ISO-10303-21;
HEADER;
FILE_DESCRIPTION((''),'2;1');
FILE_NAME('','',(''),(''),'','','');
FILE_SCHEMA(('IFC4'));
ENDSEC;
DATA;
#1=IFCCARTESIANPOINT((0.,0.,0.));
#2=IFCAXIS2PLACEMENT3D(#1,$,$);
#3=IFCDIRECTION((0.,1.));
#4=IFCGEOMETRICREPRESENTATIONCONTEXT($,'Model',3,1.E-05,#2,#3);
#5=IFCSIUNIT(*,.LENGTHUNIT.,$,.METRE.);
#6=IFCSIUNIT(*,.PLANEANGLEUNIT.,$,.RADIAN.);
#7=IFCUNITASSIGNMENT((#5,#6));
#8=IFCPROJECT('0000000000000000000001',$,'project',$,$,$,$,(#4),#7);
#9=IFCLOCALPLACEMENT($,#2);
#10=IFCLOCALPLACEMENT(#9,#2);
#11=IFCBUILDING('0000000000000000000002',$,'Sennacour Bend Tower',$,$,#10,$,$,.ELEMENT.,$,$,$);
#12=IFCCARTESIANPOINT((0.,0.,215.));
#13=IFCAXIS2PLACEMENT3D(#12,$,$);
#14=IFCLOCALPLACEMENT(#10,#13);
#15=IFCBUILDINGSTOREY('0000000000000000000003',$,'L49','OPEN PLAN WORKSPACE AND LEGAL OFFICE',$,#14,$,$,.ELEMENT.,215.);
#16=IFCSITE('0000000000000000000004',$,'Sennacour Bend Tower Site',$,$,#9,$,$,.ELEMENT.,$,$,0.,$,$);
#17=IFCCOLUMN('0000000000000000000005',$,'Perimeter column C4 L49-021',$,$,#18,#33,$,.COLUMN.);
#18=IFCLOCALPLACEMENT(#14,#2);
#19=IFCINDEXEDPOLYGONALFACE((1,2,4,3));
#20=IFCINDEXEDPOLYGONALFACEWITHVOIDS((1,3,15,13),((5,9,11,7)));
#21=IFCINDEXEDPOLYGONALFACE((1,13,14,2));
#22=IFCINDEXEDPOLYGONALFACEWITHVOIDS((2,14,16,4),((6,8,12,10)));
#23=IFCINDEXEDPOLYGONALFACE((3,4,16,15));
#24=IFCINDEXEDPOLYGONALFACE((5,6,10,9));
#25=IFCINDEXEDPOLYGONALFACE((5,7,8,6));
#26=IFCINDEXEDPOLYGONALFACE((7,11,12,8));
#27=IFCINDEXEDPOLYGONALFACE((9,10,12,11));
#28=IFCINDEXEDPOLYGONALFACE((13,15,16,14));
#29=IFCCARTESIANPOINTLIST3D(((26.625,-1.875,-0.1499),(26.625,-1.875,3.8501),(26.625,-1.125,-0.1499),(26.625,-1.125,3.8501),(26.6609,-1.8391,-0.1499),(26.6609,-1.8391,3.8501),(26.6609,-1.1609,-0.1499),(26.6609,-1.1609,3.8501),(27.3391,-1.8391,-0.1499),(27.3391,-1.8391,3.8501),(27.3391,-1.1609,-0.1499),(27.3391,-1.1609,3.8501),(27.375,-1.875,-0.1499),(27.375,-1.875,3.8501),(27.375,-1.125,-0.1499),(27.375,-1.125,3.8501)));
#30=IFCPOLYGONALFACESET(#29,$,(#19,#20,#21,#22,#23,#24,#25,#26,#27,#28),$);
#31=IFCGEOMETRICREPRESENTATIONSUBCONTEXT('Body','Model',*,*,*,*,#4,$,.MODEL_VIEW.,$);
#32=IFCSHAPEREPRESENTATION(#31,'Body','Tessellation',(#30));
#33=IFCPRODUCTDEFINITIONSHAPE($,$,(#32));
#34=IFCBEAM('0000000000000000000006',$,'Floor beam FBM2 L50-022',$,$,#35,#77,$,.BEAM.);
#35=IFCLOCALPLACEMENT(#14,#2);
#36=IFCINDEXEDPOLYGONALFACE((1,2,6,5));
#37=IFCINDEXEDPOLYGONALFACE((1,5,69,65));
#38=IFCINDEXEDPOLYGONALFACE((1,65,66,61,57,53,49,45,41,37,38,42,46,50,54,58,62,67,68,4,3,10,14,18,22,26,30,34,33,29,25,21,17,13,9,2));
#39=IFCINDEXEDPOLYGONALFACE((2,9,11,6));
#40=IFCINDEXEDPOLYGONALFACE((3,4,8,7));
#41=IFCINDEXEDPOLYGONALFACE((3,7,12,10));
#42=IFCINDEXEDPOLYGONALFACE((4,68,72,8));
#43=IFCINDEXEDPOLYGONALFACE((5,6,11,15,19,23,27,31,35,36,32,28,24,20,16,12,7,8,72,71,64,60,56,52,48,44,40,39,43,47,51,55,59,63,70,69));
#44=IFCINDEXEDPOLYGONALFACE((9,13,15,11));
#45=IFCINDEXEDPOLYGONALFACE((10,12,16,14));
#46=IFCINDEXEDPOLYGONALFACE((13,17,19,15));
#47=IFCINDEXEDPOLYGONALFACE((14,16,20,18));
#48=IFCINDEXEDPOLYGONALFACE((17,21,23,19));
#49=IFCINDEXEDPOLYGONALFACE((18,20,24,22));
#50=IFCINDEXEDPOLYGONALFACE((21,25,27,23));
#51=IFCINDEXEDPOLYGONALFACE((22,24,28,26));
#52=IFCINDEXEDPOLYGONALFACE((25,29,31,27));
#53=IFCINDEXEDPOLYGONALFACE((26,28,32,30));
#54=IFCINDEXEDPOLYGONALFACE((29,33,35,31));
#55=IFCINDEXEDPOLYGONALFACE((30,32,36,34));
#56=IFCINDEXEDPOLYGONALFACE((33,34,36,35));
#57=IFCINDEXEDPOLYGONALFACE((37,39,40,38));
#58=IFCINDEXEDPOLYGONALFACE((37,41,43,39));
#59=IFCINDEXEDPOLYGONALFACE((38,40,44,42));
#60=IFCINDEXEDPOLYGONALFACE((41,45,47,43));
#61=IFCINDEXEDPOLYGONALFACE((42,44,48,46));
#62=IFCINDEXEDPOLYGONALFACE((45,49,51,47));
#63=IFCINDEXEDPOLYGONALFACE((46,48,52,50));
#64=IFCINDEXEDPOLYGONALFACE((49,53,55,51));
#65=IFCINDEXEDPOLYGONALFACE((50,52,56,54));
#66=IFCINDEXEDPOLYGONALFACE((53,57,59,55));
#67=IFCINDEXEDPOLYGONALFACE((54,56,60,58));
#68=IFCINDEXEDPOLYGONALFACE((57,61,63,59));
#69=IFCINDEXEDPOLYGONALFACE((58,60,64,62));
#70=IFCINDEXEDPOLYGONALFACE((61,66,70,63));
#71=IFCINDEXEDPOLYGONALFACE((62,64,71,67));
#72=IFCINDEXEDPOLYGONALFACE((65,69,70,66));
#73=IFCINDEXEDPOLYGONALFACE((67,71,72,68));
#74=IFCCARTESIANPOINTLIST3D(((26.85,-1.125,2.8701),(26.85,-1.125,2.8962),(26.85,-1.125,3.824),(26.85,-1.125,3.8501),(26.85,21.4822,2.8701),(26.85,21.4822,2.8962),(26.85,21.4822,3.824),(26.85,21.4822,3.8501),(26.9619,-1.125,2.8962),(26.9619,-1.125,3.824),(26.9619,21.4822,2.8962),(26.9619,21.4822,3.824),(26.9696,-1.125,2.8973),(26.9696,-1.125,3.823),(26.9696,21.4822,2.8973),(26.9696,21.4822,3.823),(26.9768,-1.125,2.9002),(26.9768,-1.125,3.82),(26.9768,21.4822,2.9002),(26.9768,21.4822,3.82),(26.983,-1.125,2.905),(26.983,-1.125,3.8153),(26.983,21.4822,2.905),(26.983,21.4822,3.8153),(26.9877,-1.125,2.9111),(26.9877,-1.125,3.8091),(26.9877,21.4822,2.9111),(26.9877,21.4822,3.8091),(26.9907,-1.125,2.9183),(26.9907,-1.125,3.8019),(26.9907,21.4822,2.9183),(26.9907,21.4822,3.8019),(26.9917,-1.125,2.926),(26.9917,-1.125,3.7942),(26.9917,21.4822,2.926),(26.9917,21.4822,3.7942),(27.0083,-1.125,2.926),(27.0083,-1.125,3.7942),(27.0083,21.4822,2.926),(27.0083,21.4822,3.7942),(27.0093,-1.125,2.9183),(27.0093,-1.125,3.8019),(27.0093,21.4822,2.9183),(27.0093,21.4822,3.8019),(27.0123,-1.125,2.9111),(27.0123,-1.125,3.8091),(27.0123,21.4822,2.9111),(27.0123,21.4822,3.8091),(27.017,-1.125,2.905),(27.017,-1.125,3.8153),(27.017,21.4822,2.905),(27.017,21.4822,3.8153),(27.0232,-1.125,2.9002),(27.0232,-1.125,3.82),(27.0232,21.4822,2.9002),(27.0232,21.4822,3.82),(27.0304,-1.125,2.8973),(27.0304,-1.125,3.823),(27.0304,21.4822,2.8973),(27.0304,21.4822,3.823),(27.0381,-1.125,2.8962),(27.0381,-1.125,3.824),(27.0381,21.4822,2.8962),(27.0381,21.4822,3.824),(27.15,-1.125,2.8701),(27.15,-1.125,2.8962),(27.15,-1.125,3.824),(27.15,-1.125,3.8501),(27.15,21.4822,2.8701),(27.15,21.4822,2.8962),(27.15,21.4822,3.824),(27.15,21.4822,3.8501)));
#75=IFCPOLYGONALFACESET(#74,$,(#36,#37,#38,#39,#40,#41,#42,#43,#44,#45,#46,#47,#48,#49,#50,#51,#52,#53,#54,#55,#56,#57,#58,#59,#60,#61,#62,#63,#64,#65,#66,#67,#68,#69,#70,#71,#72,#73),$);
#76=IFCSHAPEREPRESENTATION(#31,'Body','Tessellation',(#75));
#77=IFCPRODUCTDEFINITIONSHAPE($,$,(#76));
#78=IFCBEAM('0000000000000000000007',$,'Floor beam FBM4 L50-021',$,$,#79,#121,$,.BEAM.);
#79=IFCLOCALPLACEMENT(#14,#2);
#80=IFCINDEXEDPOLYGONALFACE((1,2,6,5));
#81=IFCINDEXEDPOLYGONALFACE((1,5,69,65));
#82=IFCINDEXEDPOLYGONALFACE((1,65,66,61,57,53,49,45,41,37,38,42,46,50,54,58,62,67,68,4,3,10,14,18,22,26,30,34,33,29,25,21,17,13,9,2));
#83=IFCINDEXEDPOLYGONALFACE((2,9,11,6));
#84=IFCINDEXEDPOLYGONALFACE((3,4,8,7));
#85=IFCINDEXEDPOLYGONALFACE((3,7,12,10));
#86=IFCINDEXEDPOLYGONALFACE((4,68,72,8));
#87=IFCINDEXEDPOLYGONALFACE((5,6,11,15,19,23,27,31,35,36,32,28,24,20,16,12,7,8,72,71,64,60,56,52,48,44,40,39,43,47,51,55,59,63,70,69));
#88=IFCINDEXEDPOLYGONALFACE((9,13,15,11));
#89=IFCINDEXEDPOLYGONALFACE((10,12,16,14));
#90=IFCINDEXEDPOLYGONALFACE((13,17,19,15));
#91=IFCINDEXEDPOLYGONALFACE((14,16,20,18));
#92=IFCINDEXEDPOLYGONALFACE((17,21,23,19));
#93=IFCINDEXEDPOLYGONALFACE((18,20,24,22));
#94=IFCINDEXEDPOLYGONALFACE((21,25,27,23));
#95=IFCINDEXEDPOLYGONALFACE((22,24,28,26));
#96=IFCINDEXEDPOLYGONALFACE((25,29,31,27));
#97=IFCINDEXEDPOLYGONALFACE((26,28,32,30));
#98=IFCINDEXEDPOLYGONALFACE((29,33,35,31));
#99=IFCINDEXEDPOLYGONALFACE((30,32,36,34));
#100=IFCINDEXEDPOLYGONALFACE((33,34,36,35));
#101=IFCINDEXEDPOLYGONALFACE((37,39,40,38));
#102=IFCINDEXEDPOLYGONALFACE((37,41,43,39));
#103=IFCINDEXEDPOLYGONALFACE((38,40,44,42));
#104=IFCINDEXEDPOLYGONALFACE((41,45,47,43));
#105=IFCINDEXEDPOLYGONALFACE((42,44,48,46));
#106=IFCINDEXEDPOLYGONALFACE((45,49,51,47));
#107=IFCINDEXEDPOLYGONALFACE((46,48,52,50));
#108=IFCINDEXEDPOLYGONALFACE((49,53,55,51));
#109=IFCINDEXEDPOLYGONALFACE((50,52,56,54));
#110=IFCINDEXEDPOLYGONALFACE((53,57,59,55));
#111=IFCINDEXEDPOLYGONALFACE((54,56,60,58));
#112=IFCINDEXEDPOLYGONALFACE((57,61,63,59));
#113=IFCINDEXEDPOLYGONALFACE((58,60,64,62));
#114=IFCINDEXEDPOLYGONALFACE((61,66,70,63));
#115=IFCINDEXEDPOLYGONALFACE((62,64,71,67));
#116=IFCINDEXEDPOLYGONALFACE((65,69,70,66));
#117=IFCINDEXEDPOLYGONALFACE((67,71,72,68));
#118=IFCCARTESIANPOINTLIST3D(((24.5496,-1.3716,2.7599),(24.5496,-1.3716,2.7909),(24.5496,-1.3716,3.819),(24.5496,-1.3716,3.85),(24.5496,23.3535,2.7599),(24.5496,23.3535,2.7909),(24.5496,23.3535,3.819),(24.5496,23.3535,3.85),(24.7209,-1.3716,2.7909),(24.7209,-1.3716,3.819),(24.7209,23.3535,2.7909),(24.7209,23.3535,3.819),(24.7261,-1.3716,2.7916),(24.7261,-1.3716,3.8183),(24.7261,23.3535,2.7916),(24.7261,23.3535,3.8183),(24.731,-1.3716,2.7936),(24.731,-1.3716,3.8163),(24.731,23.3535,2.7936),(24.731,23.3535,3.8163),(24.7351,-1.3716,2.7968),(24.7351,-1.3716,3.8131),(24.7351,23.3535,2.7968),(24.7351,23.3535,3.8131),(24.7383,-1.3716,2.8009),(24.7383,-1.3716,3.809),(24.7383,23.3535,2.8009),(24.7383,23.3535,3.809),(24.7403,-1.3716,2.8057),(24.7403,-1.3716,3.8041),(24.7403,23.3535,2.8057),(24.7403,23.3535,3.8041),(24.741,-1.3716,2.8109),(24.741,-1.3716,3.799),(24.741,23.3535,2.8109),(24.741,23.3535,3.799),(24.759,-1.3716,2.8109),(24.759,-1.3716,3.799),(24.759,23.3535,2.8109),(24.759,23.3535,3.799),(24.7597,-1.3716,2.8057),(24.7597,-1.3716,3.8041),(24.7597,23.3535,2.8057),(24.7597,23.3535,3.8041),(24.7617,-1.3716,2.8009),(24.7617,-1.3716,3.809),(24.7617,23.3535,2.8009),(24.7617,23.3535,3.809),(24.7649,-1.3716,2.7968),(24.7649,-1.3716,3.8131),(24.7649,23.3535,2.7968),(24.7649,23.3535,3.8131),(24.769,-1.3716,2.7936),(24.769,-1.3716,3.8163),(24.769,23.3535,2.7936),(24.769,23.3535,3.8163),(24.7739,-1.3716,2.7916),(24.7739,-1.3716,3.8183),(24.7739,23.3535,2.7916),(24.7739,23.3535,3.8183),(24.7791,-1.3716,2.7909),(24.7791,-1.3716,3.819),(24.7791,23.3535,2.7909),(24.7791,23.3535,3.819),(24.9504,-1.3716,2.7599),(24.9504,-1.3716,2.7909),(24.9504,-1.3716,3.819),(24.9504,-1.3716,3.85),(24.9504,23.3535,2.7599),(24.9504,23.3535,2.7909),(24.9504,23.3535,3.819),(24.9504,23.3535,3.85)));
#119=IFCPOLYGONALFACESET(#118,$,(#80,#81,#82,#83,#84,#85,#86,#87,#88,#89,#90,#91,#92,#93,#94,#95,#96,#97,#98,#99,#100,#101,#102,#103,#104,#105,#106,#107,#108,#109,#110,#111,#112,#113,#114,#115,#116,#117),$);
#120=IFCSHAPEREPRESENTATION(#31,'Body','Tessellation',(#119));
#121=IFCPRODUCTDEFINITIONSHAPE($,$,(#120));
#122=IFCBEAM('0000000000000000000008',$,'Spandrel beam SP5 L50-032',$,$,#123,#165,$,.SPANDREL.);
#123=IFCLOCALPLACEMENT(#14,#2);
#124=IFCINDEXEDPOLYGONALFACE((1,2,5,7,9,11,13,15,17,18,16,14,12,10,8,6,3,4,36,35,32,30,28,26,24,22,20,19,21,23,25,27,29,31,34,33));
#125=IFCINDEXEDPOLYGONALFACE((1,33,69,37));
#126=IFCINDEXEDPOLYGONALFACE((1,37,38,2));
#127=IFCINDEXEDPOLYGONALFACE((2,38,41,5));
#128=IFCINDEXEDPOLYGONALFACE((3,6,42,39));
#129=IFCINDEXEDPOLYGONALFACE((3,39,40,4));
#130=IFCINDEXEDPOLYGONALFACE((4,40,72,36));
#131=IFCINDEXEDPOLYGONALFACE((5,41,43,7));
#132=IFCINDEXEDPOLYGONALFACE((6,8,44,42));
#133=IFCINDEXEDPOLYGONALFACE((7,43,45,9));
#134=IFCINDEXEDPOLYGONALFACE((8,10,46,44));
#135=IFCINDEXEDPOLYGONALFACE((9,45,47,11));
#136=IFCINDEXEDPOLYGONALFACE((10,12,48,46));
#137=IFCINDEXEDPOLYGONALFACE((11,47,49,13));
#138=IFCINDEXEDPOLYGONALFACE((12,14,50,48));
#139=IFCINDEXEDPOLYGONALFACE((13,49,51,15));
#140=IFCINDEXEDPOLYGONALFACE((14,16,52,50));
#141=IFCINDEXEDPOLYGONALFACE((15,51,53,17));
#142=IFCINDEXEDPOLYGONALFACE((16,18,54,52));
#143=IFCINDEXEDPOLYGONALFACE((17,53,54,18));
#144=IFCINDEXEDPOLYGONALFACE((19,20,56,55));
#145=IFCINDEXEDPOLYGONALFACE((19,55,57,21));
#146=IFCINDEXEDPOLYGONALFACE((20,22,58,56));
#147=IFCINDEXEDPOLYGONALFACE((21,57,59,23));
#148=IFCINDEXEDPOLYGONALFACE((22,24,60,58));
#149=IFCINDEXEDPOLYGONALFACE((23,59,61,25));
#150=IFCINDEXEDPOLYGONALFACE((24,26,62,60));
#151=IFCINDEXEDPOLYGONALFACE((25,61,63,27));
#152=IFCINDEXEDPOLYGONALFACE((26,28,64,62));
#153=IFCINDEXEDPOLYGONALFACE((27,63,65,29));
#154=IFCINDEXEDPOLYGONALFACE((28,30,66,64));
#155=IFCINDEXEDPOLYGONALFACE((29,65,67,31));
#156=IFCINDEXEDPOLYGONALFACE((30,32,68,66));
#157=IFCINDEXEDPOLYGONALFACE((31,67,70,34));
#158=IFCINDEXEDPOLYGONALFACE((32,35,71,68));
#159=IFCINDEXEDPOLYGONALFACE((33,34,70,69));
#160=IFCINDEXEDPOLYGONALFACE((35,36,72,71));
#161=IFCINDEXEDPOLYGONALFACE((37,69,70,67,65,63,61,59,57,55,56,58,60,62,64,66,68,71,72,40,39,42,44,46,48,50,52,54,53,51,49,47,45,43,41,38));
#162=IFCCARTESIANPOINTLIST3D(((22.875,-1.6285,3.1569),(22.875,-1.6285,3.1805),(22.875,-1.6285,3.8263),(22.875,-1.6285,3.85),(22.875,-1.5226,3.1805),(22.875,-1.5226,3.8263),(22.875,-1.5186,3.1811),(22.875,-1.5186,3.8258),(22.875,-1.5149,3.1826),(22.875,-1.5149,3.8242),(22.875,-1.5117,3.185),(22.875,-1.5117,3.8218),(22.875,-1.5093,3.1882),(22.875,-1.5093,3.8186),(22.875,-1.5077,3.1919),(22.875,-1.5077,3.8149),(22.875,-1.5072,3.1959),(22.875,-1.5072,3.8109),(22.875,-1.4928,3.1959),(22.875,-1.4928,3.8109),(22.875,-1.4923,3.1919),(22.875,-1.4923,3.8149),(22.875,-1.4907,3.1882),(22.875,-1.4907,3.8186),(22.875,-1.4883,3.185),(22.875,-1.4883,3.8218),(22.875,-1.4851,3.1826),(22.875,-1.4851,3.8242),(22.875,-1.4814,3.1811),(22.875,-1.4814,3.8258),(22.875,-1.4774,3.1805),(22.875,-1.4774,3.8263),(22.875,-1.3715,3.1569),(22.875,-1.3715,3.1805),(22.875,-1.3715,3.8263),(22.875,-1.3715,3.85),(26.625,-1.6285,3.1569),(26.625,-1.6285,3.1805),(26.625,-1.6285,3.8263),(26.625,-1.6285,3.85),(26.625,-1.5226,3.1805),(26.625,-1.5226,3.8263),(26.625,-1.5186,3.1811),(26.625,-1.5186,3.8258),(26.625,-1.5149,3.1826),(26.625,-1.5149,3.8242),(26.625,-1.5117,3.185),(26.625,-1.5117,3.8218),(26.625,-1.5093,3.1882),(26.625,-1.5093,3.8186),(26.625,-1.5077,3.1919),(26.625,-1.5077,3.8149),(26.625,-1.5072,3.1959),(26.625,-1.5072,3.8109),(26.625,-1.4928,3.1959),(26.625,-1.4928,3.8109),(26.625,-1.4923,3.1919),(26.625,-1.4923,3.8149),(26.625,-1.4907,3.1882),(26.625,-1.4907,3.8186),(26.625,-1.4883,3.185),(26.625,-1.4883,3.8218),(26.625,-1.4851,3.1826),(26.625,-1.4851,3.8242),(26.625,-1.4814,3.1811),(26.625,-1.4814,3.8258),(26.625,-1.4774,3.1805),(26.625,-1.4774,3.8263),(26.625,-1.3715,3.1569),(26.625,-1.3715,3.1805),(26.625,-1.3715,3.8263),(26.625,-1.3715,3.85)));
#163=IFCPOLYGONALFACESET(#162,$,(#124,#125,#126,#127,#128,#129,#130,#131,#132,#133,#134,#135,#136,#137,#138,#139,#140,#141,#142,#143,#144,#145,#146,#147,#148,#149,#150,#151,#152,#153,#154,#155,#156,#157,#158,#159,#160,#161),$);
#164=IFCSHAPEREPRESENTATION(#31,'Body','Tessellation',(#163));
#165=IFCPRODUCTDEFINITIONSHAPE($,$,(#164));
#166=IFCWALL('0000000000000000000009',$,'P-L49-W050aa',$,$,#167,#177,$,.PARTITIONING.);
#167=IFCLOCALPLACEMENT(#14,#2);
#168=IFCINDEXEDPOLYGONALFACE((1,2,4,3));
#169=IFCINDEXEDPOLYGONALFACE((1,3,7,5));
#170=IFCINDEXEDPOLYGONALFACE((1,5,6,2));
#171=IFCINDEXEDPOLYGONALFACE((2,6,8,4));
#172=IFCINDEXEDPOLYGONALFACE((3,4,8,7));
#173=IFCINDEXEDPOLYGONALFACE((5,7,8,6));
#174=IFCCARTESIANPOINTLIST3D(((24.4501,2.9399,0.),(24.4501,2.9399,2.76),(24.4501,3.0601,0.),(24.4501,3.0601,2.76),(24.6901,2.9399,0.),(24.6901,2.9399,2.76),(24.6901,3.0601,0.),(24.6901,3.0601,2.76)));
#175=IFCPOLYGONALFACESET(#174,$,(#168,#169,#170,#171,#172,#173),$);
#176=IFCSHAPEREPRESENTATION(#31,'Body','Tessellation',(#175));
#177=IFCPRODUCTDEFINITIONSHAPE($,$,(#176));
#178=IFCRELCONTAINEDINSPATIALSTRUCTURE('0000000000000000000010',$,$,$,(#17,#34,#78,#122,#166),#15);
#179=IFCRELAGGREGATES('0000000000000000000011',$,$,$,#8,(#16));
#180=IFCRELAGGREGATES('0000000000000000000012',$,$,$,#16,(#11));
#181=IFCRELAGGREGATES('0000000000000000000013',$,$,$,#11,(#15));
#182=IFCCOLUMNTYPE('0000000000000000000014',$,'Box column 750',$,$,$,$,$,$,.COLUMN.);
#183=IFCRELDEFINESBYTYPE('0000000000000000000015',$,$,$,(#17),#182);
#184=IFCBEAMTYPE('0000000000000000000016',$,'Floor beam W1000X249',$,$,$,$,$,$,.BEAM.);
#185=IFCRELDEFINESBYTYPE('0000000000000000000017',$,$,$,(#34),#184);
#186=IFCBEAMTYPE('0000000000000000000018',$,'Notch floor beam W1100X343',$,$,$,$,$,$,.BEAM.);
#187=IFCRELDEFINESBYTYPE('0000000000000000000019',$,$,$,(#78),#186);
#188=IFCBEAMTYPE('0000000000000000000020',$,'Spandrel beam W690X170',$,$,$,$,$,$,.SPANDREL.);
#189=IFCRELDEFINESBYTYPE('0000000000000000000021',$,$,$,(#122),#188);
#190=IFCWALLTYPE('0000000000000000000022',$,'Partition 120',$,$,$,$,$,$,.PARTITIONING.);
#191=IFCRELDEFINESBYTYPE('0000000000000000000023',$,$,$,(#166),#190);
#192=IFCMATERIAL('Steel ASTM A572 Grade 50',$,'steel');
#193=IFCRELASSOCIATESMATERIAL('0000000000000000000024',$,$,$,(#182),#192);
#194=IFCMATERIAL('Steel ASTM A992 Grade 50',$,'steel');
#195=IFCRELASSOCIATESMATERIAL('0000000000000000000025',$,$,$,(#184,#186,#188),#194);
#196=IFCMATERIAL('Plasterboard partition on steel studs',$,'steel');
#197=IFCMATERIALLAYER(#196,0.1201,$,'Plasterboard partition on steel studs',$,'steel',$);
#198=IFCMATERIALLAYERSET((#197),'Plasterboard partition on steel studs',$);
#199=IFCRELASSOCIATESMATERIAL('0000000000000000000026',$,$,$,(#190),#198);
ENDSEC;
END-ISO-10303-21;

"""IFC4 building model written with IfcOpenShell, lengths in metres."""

from ifc_helpers import new_model, si_unit, direction, frame, frame_2d, origin, origin_2d, place, context, subcontext, project, spatial, rectangle, hollow_rectangle, i_section, extrude, material, layer, layer_set, material_profile, profile_set, type_object, element, save


model = new_model("IFC4")

# Units and contexts
model_context = context("Model", 3, precision=1e-05, world=origin(), true_north=direction((0.0, 1.0)))
body_context = subcontext(model_context, "Body", "Model", "MODEL_VIEW")
ifc_project = project(units=[si_unit("LENGTHUNIT", "METRE"), si_unit("PLANEANGLEUNIT", "RADIAN")], contexts=[model_context])

# Site, building, storey
site_placement = place(None, origin())
site = spatial("IfcSite", under=ifc_project, at=site_placement, Name="Sennacour Bend Tower Site", CompositionType="ELEMENT", RefElevation=0.0)
building_placement = place(site_placement, origin())
building = spatial("IfcBuilding", under=site, at=building_placement, Name="Sennacour Bend Tower", CompositionType="ELEMENT")
storey_placement = place(building_placement, frame((0.0, 0.0, 215.0)))
storey = spatial("IfcBuildingStorey", under=building, at=storey_placement, Name="L49", Description="OPEN PLAN WORKSPACE AND LEGAL OFFICE", CompositionType="ELEMENT", Elevation=215.0)

# Column
ifc_material_1 = material(Name="Steel ASTM A572 Grade 50", Category="steel")
ifc_material_profile_1 = material_profile(ifc_material_1, hollow_rectangle(XDim=0.75, YDim=0.75, WallThickness=0.0359, at=origin_2d()), Name="Steel ASTM A572 Grade 50", Category="steel")
ifc_profile_set_1 = profile_set([ifc_material_profile_1], Name="Steel ASTM A572 Grade 50")
column_type = type_object("IfcColumnType", Name="Box column 750", PredefinedType="COLUMN", material=ifc_profile_set_1)
column_placement = place(storey_placement, frame((27.0, -1.5, -0.1499), z_axis=(0.0, 0.0, 1.0), x_axis=(1.0, 0.0, 0.0)))
element("IfcColumn", 1, at=column_placement, inside=storey, type_object=column_type, Name="Perimeter column C4 L49-021", PredefinedType="COLUMN", context=body_context, shape_type="SweptSolid", body=[
    extrude(hollow_rectangle(XDim=0.75, YDim=0.75, WallThickness=0.0359, at=origin_2d()), origin(), (0.0, 0.0, 1.0), 4.0),
])

# Beams
ifc_material_2 = material(Name="Steel ASTM A992 Grade 50", Category="steel")
ifc_material_profile_2 = material_profile(ifc_material_2, i_section(OverallWidth=0.3, OverallDepth=0.98, WebThickness=0.0166, FlangeThickness=0.0261, FilletRadius=0.0298, at=origin_2d()), Name="Steel ASTM A992 Grade 50", Category="steel")
ifc_profile_set_2 = profile_set([ifc_material_profile_2], Name="Steel ASTM A992 Grade 50")
beam_type_1 = type_object("IfcBeamType", Name="Floor beam W1000X249", PredefinedType="BEAM", material=ifc_profile_set_2)
beam_1_placement = place(storey_placement, frame((27.0, -1.125, 3.3601), z_axis=(0.0, 1.0, 0.0), x_axis=(-1.0, 0.0, 0.0)))
element("IfcBeam", 2, at=beam_1_placement, inside=storey, type_object=beam_type_1, Name="Floor beam FBM2 L50-022", PredefinedType="BEAM", context=body_context, shape_type="SweptSolid", body=[
    extrude(i_section(OverallWidth=0.3, OverallDepth=0.98, WebThickness=0.0166, FlangeThickness=0.0261, FilletRadius=0.0298, at=origin_2d()), origin(), (0.0, 0.0, 1.0), 22.6072),
])
ifc_material_profile_3 = material_profile(ifc_material_2, i_section(OverallWidth=0.4009, OverallDepth=1.0901, WebThickness=0.0181, FlangeThickness=0.031, FilletRadius=0.02, at=origin_2d()), Name="Steel ASTM A992 Grade 50", Category="steel")
ifc_profile_set_3 = profile_set([ifc_material_profile_3], Name="Steel ASTM A992 Grade 50")
beam_type_2 = type_object("IfcBeamType", Name="Notch floor beam W1100X343", PredefinedType="BEAM", material=ifc_profile_set_3)
beam_2_placement = place(storey_placement, frame((24.75, -1.3716, 3.3049), z_axis=(0.0, 1.0, 0.0), x_axis=(-1.0, 0.0, 0.0)))
element("IfcBeam", 3, at=beam_2_placement, inside=storey, type_object=beam_type_2, Name="Floor beam FBM4 L50-021", PredefinedType="BEAM", context=body_context, shape_type="SweptSolid", body=[
    extrude(i_section(OverallWidth=0.4009, OverallDepth=1.0901, WebThickness=0.0181, FlangeThickness=0.031, FilletRadius=0.02, at=origin_2d()), origin(), (0.0, 0.0, 1.0), 24.7251),
])
ifc_material_profile_4 = material_profile(ifc_material_2, i_section(OverallWidth=0.2571, OverallDepth=0.6931, WebThickness=0.0144, FlangeThickness=0.0237, FilletRadius=0.0154, at=origin_2d()), Name="Steel ASTM A992 Grade 50", Category="steel")
ifc_profile_set_4 = profile_set([ifc_material_profile_4], Name="Steel ASTM A992 Grade 50")
beam_type_3 = type_object("IfcBeamType", Name="Spandrel beam W690X170", PredefinedType="SPANDREL", material=ifc_profile_set_4)
beam_3_placement = place(storey_placement, frame((26.625, -1.5, 3.5034), z_axis=(-1.0, 0.0, 0.0), x_axis=(0.0, -1.0, 0.0)))
element("IfcBeam", 4, at=beam_3_placement, inside=storey, type_object=beam_type_3, Name="Spandrel beam SP5 L50-032", PredefinedType="SPANDREL", context=body_context, shape_type="SweptSolid", body=[
    extrude(i_section(OverallWidth=0.2571, OverallDepth=0.6931, WebThickness=0.0144, FlangeThickness=0.0237, FilletRadius=0.0154, at=origin_2d()), origin(), (0.0, 0.0, 1.0), 3.75),
])

# Wall
ifc_material_3 = material(Name="Plasterboard partition on steel studs", Category="steel")
ifc_layer_1 = layer(ifc_material_3, 0.1201, Name="Plasterboard partition on steel studs", Category="steel")
ifc_layer_set_1 = layer_set([ifc_layer_1], Name="Plasterboard partition on steel studs")
wall_type_1 = type_object("IfcWallType", Name="Partition 120", PredefinedType="PARTITIONING", material=ifc_layer_set_1)
wall_1_placement = place(storey_placement, frame((24.45, 3.0, 0.0), z_axis=(0.0, 0.0, 1.0), x_axis=(1.0, 0.0, 0.0)))
element("IfcWall", 5, at=wall_1_placement, inside=storey, type_object=wall_type_1, Name="P-L49-W050aa", PredefinedType="PARTITIONING", context=body_context, shape_type="SweptSolid", body=[
    extrude(rectangle(XDim=0.24, YDim=0.1201, at=frame_2d((0.1201, 0.0))), origin(), (0.0, 0.0, 1.0), 2.76),
])

save(model, "model.ifc")
